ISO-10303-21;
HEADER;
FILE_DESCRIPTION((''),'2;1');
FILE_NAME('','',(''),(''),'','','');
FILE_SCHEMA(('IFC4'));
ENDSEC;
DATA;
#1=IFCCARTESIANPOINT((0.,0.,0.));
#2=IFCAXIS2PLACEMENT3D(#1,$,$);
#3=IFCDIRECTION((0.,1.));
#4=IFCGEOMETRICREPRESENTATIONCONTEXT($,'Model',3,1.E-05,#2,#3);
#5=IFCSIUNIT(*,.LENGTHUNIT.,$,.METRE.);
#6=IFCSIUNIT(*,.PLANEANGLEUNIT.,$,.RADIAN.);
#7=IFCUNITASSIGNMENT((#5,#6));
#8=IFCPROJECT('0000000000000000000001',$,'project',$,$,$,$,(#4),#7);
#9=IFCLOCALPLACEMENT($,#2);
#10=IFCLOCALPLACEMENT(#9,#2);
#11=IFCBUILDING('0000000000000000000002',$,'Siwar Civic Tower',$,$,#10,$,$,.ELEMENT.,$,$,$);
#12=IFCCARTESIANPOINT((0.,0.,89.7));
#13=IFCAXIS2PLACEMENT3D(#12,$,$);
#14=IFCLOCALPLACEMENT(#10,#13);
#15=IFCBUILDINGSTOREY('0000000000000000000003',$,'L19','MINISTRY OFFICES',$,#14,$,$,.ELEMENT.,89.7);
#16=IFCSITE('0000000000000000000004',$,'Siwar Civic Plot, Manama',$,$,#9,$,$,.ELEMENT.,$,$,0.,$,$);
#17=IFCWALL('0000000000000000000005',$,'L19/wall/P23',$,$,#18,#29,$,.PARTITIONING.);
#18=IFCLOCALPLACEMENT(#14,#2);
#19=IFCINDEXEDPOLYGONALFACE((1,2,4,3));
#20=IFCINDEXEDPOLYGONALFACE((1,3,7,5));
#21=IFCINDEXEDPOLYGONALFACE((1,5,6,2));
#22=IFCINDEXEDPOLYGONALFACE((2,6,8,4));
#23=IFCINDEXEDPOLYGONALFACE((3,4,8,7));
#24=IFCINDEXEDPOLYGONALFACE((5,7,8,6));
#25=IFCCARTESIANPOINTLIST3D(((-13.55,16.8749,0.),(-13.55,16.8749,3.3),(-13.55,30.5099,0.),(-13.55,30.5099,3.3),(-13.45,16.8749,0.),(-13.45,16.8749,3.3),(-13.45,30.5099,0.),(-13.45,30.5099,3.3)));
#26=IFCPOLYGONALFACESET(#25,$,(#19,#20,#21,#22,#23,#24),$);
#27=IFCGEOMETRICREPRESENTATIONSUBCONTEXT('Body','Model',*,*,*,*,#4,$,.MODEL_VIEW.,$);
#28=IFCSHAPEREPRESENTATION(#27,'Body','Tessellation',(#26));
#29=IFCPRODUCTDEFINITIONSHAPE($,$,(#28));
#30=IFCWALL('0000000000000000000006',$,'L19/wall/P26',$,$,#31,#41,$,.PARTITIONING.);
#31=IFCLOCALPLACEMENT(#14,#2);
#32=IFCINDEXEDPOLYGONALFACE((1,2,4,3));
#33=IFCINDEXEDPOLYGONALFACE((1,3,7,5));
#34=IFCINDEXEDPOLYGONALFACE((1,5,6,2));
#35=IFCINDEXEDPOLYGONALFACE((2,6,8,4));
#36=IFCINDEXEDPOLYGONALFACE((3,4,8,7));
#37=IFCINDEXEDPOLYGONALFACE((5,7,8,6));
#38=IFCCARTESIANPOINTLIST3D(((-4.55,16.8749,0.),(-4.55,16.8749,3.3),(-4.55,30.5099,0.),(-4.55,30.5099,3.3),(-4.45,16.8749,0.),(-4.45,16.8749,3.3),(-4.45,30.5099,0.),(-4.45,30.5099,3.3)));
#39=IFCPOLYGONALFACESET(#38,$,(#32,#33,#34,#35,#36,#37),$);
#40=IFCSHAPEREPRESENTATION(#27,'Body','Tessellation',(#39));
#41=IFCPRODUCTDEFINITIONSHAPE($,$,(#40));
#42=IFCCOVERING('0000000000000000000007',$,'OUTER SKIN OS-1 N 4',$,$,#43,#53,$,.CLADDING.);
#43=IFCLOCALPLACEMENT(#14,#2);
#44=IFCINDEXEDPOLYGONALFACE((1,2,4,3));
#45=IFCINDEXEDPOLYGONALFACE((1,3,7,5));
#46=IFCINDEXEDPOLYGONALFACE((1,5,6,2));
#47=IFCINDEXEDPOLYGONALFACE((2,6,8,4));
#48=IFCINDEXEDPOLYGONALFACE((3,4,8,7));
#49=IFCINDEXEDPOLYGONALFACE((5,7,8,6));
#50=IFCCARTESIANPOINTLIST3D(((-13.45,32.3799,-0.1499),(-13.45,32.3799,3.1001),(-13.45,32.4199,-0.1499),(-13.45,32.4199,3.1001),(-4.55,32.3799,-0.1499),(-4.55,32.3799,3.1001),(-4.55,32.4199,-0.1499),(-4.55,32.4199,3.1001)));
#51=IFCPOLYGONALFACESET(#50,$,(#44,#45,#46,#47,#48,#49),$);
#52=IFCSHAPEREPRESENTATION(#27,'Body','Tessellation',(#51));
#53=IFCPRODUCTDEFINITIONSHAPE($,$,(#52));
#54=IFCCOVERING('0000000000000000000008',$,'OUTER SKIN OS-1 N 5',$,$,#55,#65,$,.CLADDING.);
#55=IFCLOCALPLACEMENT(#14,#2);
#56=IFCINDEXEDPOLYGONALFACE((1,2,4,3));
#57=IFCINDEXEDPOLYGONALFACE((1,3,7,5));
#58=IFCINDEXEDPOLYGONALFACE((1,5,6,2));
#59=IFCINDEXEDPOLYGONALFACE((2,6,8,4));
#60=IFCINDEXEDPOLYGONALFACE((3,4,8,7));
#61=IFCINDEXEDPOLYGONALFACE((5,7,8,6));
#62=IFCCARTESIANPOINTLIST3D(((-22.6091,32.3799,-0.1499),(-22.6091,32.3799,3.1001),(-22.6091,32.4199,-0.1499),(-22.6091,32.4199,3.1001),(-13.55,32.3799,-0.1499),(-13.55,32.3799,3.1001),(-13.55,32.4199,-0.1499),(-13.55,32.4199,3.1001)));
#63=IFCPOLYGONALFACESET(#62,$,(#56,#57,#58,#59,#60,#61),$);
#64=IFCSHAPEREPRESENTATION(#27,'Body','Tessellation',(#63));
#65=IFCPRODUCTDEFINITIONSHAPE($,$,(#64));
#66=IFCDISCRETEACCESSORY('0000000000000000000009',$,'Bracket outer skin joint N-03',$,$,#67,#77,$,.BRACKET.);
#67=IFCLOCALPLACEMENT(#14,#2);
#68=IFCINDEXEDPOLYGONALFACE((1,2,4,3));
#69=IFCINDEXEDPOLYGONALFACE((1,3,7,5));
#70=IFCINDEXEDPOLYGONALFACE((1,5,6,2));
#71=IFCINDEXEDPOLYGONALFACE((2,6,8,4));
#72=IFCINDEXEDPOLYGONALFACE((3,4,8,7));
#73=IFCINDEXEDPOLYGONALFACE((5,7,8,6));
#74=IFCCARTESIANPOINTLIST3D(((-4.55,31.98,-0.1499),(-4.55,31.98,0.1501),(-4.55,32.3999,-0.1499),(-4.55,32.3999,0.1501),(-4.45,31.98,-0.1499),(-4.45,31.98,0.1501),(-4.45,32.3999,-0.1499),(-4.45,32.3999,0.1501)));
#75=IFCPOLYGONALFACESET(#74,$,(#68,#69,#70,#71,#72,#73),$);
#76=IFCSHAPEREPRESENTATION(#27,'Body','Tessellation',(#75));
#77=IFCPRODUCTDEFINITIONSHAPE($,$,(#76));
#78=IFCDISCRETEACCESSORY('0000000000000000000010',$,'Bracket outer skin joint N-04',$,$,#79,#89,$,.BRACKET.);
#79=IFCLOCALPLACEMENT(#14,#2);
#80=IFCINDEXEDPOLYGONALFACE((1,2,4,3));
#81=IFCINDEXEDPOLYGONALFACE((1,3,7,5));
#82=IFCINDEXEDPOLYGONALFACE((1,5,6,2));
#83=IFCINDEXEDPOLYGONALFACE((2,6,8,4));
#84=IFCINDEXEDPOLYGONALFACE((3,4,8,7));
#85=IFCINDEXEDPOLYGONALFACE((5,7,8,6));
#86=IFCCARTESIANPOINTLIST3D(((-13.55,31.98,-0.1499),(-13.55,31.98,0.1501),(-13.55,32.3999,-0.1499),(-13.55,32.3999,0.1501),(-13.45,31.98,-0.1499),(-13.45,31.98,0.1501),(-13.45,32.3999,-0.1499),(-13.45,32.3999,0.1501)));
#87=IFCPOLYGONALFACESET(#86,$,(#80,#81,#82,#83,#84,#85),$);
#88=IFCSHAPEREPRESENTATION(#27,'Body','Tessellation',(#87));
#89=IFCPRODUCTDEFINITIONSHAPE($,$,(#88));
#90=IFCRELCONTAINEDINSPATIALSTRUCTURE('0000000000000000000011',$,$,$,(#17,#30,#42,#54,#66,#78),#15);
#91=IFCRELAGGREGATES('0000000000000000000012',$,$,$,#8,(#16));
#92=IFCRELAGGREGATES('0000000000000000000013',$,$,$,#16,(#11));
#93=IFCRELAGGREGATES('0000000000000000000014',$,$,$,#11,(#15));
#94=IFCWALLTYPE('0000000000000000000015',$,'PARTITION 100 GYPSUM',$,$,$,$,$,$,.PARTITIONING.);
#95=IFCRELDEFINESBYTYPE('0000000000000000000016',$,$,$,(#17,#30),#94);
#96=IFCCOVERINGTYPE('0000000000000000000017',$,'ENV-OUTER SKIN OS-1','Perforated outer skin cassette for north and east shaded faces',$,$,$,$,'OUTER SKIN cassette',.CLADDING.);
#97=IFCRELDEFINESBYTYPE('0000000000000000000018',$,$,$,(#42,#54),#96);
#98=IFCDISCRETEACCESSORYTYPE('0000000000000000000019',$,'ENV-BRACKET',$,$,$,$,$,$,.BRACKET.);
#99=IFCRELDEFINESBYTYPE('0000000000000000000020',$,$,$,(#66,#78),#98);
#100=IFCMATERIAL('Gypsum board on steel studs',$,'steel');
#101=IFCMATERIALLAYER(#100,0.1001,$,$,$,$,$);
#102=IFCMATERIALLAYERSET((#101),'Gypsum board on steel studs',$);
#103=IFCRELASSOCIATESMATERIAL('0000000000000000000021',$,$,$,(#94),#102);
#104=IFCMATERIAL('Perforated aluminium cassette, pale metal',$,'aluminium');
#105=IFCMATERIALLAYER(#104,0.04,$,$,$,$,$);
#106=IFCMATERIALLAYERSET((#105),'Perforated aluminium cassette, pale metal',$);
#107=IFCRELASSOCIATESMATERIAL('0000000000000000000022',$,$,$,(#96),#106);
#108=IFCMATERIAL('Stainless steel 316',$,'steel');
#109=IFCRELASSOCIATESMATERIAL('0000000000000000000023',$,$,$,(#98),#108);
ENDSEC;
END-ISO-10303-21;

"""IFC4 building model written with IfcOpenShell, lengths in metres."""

from ifc_helpers import new_model, si_unit, direction, frame, frame_2d, origin, origin_2d, place, context, subcontext, project, spatial, rectangle, extrude, material, layer, layer_set, type_object, element, save


model = new_model("IFC4")

# Units and contexts
model_context = context("Model", 3, precision=1e-05, world=origin(), true_north=direction((0.0, 1.0)))
body_context = subcontext(model_context, "Body", "Model", "MODEL_VIEW")
ifc_project = project(units=[si_unit("LENGTHUNIT", "METRE"), si_unit("PLANEANGLEUNIT", "RADIAN")], contexts=[model_context])

# Site, building, storey
site_placement = place(None, origin())
site = spatial("IfcSite", under=ifc_project, at=site_placement, Name="Siwar Civic Plot, Manama", CompositionType="ELEMENT", RefElevation=0.0)
building_placement = place(site_placement, origin())
building = spatial("IfcBuilding", under=site, at=building_placement, Name="Siwar Civic Tower", CompositionType="ELEMENT")
storey_placement = place(building_placement, frame((0.0, 0.0, 89.7)))
storey = spatial("IfcBuildingStorey", under=building, at=storey_placement, Name="L19", Description="MINISTRY OFFICES", CompositionType="ELEMENT", Elevation=89.7)

# Shared definitions
ifc_material_1 = material(Name="Gypsum board on steel studs", Category="steel")
ifc_layer_1 = layer(ifc_material_1, 0.1001)
ifc_layer_set_1 = layer_set([ifc_layer_1], Name="Gypsum board on steel studs")
wall_type = type_object("IfcWallType", Name="PARTITION 100 GYPSUM", PredefinedType="PARTITIONING", material=ifc_layer_set_1)

# Walls
for number, where, z_axis, x_axis, name in (
    (1, (-13.5, 16.875, 0.0), (0.0, 0.0, 1.0), (0.0, 1.0, 0.0), "L19/wall/P23"),
    (2, (-4.5, 16.875, 0.0), (0.0, 0.0, 1.0), (0.0, 1.0, 0.0), "L19/wall/P26"),
):
    element("IfcWall", number, at=place(storey_placement, frame(where, z_axis=z_axis, x_axis=x_axis)), inside=storey, type_object=wall_type, Name=name, PredefinedType="PARTITIONING", context=body_context, shape_type="SweptSolid", body=[
        extrude(rectangle(XDim=13.635, YDim=0.1001, at=frame_2d((6.8174, 0.0))), origin(), (0.0, 0.0, 1.0), 3.3),
    ])

# Coverings
ifc_material_2 = material(Name="Perforated aluminium cassette, pale metal", Category="aluminium")
ifc_layer_2 = layer(ifc_material_2, 0.04)
ifc_layer_set_2 = layer_set([ifc_layer_2], Name="Perforated aluminium cassette, pale metal")
covering_type = type_object("IfcCoveringType", Name="ENV-OUTER SKIN OS-1", Description="Perforated outer skin cassette for north and east shaded faces", ElementType="OUTER SKIN cassette", PredefinedType="CLADDING", material=ifc_layer_set_2)
covering_1_placement = place(storey_placement, frame((-9.0, 32.3999, -0.1499), z_axis=(0.0, 0.0, 1.0), x_axis=(-1.0, 0.0, 0.0)))
element("IfcCovering", 3, at=covering_1_placement, inside=storey, type_object=covering_type, Name="OUTER SKIN OS-1 N 4", PredefinedType="CLADDING", context=body_context, shape_type="SweptSolid", body=[
    extrude(rectangle(XDim=8.8999, YDim=0.04, at=origin_2d()), origin(), (0.0, 0.0, 1.0), 3.25),
])
covering_2_placement = place(storey_placement, frame((-18.0796, 32.3999, -0.1499), z_axis=(0.0, 0.0, 1.0), x_axis=(-1.0, 0.0, 0.0)))
element("IfcCovering", 4, at=covering_2_placement, inside=storey, type_object=covering_type, Name="OUTER SKIN OS-1 N 5", PredefinedType="CLADDING", context=body_context, shape_type="SweptSolid", body=[
    extrude(rectangle(XDim=9.0591, YDim=0.04, at=origin_2d()), origin(), (0.0, 0.0, 1.0), 3.25),
])

# Discrete accessories
ifc_material_3 = material(Name="Stainless steel 316", Category="steel")
discrete_accessory_type = type_object("IfcDiscreteAccessoryType", Name="ENV-BRACKET", PredefinedType="BRACKET", material=ifc_material_3)
for number, where, z_axis, x_axis, name in (
    (5, (-4.5, 32.1899, -0.1499), (0.0, 0.0, 1.0), (0.0, 1.0, 0.0), "Bracket outer skin joint N-03"),
    (6, (-13.5, 32.1899, -0.1499), (0.0, 0.0, 1.0), (0.0, 1.0, 0.0), "Bracket outer skin joint N-04"),
):
    element("IfcDiscreteAccessory", number, at=place(storey_placement, frame(where, z_axis=z_axis, x_axis=x_axis)), inside=storey, type_object=discrete_accessory_type, Name=name, PredefinedType="BRACKET", context=body_context, shape_type="SweptSolid", body=[
        extrude(rectangle(XDim=0.4199, YDim=0.1001, at=origin_2d()), origin(), (0.0, 0.0, 1.0), 0.3),
    ])

save(model, "model.ifc")
